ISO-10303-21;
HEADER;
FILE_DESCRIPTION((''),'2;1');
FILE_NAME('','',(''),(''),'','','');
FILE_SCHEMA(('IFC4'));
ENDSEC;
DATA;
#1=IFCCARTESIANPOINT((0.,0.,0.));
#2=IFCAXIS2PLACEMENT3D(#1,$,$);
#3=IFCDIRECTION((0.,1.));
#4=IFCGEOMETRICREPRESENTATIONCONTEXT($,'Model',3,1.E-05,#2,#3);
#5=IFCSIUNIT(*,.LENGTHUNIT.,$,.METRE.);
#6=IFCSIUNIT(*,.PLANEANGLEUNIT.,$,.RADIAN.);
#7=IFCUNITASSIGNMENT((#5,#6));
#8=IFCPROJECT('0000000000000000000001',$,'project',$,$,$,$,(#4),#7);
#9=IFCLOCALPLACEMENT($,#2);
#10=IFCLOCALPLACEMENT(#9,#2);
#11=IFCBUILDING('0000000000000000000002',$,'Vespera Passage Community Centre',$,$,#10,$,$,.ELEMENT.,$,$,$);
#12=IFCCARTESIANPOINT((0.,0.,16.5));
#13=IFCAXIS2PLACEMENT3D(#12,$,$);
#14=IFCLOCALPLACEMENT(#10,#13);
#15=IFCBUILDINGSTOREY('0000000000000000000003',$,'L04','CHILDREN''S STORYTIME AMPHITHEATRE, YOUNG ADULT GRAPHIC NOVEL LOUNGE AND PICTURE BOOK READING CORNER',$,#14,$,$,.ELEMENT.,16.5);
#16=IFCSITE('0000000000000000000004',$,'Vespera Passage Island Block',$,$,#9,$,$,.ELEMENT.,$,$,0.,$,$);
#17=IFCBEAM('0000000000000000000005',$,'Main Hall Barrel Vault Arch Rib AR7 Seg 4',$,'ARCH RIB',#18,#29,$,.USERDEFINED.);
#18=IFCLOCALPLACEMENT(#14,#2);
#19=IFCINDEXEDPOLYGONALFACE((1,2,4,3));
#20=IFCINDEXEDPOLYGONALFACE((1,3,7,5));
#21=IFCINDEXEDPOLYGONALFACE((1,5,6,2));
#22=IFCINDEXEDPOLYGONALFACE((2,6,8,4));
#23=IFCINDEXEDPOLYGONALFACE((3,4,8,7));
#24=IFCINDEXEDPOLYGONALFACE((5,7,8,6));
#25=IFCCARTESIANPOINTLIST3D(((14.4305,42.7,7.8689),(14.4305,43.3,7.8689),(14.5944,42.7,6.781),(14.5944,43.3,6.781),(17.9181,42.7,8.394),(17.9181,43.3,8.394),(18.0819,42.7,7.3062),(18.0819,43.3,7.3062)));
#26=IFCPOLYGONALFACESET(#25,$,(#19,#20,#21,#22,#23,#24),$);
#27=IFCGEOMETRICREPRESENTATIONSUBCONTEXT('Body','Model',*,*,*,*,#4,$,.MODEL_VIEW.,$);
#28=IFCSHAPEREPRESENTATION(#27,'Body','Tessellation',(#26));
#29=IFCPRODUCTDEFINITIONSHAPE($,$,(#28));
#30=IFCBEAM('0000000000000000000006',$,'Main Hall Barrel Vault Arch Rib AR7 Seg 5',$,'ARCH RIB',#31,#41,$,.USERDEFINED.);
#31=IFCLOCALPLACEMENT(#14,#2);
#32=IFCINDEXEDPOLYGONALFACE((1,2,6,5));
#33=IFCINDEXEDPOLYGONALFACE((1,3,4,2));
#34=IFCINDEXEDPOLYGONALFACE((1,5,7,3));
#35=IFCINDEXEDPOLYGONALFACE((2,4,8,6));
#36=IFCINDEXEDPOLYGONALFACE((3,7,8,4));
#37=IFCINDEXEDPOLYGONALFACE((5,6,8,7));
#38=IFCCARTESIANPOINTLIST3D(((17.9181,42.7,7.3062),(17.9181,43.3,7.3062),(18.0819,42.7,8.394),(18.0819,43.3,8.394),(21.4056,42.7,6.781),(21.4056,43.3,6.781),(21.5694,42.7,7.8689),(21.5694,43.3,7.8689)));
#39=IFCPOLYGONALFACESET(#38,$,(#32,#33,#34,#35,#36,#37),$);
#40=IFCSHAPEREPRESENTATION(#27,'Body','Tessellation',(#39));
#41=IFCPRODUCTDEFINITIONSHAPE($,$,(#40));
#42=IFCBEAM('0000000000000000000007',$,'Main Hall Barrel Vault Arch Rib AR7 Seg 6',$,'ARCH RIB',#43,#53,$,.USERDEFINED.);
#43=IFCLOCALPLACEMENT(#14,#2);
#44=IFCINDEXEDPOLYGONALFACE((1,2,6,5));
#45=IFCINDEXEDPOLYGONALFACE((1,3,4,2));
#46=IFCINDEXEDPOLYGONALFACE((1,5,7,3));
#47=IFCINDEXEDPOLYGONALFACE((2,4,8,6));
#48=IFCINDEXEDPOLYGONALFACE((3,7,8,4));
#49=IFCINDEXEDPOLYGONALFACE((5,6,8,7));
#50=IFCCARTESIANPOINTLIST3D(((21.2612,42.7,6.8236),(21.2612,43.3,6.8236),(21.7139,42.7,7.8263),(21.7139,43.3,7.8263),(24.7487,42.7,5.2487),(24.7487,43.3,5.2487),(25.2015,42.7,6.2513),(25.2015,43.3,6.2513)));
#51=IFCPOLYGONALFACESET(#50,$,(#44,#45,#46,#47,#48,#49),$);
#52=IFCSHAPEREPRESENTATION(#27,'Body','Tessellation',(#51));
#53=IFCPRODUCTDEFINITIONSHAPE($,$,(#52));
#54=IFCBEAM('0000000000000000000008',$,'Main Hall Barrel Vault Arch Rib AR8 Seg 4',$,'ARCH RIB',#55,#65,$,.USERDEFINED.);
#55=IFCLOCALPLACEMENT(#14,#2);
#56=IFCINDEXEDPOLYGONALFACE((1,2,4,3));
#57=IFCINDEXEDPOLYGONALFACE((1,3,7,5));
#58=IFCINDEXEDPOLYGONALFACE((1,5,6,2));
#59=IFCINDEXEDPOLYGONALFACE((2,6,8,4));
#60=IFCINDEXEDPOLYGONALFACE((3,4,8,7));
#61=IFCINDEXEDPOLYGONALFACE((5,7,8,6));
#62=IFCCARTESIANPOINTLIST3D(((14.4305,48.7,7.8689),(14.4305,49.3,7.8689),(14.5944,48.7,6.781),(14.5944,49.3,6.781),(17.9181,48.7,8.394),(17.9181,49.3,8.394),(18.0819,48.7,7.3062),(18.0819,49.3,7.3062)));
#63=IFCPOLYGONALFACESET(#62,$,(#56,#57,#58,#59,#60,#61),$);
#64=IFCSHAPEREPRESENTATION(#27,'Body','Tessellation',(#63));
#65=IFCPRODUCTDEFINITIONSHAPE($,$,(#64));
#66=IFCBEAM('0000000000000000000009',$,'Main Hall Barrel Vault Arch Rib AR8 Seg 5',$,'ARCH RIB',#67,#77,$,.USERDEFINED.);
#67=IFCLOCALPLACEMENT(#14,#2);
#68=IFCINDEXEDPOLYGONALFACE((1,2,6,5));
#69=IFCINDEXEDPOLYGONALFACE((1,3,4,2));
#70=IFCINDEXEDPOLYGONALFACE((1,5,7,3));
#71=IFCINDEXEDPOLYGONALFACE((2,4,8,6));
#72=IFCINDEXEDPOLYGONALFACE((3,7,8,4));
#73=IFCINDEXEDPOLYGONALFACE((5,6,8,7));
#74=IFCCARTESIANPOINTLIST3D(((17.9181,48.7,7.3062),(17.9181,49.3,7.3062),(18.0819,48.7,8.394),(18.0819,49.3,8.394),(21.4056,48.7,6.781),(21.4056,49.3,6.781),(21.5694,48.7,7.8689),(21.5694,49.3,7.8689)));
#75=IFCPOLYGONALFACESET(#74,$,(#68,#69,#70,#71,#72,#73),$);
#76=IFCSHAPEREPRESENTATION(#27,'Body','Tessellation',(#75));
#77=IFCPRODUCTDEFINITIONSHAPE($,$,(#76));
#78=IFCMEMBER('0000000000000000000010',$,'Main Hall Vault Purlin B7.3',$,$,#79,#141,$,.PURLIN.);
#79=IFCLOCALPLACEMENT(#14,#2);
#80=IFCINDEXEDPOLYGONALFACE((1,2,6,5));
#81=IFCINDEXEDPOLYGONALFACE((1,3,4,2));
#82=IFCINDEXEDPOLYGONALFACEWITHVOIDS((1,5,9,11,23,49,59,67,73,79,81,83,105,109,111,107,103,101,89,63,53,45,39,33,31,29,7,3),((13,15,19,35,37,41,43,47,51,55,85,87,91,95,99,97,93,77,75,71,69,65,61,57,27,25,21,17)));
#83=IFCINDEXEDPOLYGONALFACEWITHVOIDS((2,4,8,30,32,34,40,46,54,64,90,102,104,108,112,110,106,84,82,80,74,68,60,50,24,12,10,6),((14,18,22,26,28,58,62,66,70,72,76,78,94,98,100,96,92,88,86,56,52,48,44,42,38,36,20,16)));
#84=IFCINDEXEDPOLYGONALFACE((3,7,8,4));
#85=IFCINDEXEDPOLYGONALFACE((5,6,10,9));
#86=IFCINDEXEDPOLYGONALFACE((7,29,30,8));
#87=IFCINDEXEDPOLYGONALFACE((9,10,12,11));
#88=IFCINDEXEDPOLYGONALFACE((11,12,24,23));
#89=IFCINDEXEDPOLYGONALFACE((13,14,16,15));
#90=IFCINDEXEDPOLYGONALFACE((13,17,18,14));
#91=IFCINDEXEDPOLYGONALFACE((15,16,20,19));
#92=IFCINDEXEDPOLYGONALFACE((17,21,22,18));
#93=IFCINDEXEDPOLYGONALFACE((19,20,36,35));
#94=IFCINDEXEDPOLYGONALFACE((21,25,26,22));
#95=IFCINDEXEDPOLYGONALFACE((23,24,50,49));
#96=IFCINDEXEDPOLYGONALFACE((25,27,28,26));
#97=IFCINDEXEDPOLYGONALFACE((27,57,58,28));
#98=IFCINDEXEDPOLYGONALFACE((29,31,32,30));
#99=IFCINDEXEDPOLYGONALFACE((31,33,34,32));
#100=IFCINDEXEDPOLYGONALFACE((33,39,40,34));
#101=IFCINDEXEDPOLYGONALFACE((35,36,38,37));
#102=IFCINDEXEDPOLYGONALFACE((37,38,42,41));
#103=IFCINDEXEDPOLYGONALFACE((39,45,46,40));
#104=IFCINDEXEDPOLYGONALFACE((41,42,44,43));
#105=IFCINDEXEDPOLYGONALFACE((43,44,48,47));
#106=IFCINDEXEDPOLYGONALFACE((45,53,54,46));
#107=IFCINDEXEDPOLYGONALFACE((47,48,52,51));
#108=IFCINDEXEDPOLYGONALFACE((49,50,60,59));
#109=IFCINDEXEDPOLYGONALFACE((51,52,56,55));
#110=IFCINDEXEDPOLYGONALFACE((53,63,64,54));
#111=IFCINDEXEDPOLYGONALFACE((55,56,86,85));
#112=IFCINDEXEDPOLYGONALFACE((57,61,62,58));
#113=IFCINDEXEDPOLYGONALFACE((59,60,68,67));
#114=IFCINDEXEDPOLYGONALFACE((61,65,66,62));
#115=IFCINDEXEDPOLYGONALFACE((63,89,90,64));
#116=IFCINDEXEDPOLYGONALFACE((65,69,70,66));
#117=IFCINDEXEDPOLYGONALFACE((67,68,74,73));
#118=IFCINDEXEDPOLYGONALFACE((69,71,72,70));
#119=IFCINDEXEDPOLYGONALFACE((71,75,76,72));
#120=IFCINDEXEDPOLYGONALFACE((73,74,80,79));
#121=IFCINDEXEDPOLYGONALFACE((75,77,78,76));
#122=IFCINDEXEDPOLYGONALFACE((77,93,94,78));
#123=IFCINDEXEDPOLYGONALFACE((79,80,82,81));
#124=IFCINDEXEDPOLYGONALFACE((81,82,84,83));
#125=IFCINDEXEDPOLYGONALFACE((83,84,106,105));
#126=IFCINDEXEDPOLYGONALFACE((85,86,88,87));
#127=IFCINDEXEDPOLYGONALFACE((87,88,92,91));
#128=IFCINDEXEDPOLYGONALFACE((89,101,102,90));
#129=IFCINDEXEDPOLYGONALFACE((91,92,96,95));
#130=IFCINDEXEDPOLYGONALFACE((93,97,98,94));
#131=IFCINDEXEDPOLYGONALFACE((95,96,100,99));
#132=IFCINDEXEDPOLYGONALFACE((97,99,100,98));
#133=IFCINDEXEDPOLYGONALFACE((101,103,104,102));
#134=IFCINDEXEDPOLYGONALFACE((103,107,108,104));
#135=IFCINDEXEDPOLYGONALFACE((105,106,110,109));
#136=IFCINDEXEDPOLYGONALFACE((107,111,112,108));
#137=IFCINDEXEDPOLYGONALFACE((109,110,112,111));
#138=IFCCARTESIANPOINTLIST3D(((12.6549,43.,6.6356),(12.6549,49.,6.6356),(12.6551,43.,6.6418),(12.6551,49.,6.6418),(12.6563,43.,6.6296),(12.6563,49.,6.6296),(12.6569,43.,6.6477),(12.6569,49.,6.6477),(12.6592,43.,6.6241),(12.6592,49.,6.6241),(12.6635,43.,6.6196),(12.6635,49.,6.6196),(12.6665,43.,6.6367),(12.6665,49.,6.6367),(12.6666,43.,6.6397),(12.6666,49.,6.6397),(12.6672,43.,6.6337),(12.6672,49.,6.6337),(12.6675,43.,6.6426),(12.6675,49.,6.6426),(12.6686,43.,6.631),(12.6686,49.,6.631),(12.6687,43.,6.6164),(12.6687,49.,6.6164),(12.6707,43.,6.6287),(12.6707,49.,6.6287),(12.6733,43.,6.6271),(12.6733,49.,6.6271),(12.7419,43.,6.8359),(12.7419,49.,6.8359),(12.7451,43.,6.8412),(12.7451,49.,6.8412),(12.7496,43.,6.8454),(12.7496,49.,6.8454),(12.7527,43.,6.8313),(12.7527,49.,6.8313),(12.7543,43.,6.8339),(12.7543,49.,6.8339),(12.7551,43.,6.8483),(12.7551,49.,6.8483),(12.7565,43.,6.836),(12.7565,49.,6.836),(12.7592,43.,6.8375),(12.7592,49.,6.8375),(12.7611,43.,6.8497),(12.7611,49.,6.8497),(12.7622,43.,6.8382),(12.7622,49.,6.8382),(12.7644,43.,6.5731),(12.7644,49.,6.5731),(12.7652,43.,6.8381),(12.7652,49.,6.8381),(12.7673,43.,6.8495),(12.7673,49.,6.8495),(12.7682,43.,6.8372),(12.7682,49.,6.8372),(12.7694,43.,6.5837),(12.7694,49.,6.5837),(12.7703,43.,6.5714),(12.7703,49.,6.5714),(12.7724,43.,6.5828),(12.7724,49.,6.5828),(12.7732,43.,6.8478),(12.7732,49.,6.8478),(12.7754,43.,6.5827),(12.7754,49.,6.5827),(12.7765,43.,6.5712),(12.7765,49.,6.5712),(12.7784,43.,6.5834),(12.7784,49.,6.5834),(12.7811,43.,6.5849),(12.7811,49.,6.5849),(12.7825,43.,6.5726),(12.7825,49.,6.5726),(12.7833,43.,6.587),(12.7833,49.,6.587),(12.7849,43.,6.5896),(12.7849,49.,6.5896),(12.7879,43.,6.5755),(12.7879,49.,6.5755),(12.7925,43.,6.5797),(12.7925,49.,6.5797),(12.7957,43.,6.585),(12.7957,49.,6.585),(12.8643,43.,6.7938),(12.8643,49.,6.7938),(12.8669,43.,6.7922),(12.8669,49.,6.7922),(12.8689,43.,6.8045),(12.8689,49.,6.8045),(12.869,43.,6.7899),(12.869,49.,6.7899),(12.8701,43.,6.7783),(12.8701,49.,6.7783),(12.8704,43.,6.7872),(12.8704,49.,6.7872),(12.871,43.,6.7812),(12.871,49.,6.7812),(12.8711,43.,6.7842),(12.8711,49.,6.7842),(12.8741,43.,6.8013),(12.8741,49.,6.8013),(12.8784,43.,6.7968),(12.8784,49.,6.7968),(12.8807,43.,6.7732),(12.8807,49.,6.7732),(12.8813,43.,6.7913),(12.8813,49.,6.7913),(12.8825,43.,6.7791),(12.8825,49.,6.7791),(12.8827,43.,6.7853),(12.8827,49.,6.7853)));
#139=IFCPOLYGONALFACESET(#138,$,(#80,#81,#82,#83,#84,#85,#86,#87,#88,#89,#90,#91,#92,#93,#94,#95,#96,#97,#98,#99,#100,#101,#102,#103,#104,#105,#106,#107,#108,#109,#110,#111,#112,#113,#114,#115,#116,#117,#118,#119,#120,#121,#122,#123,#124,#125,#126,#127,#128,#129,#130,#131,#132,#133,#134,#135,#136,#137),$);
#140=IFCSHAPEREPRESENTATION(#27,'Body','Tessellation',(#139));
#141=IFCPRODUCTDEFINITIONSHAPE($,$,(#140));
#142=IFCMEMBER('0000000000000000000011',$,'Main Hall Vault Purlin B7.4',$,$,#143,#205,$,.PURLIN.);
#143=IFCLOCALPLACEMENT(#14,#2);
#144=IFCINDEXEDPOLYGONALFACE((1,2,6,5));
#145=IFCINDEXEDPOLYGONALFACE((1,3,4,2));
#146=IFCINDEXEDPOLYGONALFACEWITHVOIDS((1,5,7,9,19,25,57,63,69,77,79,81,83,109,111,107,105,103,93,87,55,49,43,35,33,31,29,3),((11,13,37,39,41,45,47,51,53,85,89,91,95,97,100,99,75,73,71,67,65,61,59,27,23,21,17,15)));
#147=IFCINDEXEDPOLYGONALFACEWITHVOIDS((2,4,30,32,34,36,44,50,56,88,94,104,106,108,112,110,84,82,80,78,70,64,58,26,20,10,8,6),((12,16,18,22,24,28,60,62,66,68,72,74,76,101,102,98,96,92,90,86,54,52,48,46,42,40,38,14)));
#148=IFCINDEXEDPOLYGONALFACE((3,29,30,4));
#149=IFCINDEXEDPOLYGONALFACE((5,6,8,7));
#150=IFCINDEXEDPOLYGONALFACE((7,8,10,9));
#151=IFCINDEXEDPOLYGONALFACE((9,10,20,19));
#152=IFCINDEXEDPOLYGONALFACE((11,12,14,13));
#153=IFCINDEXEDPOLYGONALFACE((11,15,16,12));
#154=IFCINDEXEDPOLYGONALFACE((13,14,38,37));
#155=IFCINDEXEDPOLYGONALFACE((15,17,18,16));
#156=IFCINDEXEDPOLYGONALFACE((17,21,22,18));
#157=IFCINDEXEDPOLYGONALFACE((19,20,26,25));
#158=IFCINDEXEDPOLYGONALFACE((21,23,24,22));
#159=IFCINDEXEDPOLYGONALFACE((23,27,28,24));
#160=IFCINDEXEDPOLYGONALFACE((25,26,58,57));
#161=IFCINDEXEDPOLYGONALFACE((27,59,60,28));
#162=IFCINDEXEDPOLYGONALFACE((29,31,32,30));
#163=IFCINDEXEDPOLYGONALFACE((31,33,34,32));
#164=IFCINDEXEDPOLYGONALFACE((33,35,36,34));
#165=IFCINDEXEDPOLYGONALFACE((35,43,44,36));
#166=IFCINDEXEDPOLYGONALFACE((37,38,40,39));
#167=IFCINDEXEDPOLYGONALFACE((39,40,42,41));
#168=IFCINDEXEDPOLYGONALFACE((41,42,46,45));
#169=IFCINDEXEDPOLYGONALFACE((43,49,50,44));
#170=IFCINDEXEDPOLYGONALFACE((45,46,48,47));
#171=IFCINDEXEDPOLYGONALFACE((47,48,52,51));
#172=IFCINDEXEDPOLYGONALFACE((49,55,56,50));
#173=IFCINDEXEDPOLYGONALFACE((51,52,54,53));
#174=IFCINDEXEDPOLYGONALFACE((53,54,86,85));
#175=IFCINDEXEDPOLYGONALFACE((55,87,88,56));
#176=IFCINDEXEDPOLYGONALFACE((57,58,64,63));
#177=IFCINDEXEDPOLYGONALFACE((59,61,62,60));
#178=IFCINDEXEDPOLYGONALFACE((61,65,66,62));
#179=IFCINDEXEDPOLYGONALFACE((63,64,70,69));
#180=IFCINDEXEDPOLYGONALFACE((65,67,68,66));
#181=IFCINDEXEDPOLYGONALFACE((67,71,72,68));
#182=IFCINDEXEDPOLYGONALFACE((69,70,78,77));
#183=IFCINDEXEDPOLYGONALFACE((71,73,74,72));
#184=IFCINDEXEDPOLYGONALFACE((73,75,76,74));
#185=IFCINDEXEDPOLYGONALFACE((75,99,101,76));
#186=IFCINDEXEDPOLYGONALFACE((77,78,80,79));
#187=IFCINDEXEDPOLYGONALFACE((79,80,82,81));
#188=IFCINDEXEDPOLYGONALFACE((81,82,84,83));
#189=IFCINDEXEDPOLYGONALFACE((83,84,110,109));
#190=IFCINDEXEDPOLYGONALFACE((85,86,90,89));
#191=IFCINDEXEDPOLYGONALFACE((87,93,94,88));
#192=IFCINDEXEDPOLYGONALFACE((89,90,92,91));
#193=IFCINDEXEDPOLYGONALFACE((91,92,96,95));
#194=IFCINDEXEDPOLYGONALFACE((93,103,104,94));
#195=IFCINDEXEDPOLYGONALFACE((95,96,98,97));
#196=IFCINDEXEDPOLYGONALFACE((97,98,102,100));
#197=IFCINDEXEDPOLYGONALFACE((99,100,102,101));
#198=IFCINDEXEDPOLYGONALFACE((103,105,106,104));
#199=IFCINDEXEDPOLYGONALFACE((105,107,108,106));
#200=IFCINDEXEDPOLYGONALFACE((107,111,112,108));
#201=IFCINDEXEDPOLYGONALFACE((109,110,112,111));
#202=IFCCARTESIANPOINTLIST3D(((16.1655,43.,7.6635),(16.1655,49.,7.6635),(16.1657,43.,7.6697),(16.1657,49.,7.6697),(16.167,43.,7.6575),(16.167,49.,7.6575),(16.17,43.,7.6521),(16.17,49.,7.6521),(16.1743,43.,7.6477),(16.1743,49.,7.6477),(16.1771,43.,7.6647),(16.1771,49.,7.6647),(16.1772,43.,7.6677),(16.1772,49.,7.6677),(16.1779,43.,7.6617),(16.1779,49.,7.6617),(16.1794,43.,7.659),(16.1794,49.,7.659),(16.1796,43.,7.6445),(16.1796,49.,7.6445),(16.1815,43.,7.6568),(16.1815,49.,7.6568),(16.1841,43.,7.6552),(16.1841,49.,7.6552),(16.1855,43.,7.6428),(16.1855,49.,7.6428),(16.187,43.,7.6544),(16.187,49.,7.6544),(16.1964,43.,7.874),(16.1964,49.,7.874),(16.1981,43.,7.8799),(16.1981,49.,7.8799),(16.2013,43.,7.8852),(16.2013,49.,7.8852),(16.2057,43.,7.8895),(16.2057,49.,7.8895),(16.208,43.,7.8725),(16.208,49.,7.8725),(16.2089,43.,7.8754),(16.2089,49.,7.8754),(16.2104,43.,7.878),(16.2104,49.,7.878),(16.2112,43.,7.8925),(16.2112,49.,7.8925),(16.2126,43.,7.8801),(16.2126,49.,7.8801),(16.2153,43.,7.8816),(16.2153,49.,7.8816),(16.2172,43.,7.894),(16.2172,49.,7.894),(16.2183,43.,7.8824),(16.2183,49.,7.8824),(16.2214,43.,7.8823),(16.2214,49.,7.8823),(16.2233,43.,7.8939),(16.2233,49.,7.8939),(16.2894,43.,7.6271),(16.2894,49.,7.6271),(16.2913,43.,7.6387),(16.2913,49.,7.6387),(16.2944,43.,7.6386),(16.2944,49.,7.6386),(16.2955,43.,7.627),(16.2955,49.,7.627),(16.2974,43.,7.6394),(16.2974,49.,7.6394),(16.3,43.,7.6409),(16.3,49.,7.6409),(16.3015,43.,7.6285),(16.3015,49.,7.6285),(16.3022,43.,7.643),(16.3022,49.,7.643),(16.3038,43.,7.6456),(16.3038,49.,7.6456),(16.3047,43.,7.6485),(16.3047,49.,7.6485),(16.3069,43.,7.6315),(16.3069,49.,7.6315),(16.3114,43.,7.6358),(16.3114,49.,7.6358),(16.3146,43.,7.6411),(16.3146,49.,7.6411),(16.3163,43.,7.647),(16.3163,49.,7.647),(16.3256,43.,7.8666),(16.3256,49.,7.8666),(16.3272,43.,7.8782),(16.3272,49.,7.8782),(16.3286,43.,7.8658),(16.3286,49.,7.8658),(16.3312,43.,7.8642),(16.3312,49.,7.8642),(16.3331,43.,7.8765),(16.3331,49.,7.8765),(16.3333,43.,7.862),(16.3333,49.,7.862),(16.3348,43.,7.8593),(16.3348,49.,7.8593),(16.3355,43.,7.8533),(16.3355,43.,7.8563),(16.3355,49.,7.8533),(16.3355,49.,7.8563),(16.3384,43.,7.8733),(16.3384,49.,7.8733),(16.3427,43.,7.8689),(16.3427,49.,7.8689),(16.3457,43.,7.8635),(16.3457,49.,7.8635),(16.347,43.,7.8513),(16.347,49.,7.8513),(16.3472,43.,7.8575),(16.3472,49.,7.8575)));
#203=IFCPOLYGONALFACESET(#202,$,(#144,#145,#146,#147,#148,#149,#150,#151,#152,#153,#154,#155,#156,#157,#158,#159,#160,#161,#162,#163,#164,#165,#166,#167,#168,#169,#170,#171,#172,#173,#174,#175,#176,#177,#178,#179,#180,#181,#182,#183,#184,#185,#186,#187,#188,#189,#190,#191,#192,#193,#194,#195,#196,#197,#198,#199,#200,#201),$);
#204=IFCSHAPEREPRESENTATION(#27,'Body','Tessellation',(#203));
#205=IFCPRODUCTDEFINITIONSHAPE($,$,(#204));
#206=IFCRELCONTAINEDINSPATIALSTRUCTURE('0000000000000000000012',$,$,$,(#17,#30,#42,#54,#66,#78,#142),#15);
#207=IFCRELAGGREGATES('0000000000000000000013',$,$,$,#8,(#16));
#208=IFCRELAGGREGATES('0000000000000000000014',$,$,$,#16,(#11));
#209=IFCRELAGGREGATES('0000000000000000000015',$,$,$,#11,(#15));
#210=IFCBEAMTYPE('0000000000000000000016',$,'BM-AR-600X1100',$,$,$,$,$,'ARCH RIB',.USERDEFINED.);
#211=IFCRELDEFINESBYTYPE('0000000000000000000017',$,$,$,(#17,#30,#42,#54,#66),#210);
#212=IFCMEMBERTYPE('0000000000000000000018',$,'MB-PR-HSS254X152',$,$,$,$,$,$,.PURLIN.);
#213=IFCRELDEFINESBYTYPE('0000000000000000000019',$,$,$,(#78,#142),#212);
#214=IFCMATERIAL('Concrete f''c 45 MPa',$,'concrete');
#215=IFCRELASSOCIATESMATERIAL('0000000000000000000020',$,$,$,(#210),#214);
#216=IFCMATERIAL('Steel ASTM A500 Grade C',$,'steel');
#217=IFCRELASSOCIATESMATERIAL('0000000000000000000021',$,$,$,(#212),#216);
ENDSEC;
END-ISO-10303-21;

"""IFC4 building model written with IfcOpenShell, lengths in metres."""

from ifc_helpers import new_model, si_unit, direction, frame, origin, origin_2d, place, context, subcontext, project, spatial, rectangle, hollow_rectangle, extrude, material, material_profile, profile_set, type_object, element, save


model = new_model("IFC4")

# Units and contexts
model_context = context("Model", 3, precision=1e-05, world=origin(), true_north=direction((0.0, 1.0)))
body_context = subcontext(model_context, "Body", "Model", "MODEL_VIEW")
ifc_project = project(units=[si_unit("LENGTHUNIT", "METRE"), si_unit("PLANEANGLEUNIT", "RADIAN")], contexts=[model_context])

# Site, building, storey
site_placement = place(None, origin())
site = spatial("IfcSite", under=ifc_project, at=site_placement, Name="Vespera Passage Island Block", CompositionType="ELEMENT", RefElevation=0.0)
building_placement = place(site_placement, origin())
building = spatial("IfcBuilding", under=site, at=building_placement, Name="Vespera Passage Community Centre", CompositionType="ELEMENT")
storey_placement = place(building_placement, frame((0.0, 0.0, 16.5)))
storey = spatial("IfcBuildingStorey", under=building, at=storey_placement, Name="L04", Description="CHILDREN'S STORYTIME AMPHITHEATRE, YOUNG ADULT GRAPHIC NOVEL LOUNGE AND PICTURE BOOK READING CORNER", CompositionType="ELEMENT", Elevation=16.5)

# Beams
ifc_material_1 = material(Name="Concrete f'c 45 MPa", Category="concrete")
ifc_material_profile_1 = material_profile(ifc_material_1, rectangle(XDim=0.6001, YDim=1.1001, at=origin_2d()), Name="RC600X1100")
ifc_profile_set_1 = profile_set([ifc_material_profile_1], Name="Concrete f'c 45 MPa")
beam_type = type_object("IfcBeamType", Name="BM-AR-600X1100", ElementType="ARCH RIB", PredefinedType="USERDEFINED", material=ifc_profile_set_1)
for number, where, z_axis, x_axis, name in (
    (1, (14.5125, 43.0, 7.325), (0.988852, 0.0, 0.148899), (0.0, 1.0, 0.0), "Main Hall Barrel Vault Arch Rib AR7 Seg 4"),
    (2, (18.0, 43.0, 7.8501), (0.988852, 0.0, -0.148899), (0.0, 1.0, 0.0), "Main Hall Barrel Vault Arch Rib AR7 Seg 5"),
):
    element("IfcBeam", number, at=place(storey_placement, frame(where, z_axis=z_axis, x_axis=x_axis)), inside=storey, type_object=beam_type, Name=name, ObjectType="ARCH RIB", PredefinedType="USERDEFINED", context=body_context, shape_type="SweptSolid", body=[
        extrude(rectangle(XDim=0.6001, YDim=1.1001, at=origin_2d()), origin(), (0.0, 0.0, 1.0), 3.5269),
    ])
beam_placement = place(storey_placement, frame((21.4875, 43.0, 7.325), z_axis=(0.911378, 0.0, -0.411571), x_axis=(0.0, 1.0, 0.0)))
element("IfcBeam", 3, at=beam_placement, inside=storey, type_object=beam_type, Name="Main Hall Barrel Vault Arch Rib AR7 Seg 6", ObjectType="ARCH RIB", PredefinedType="USERDEFINED", context=body_context, shape_type="SweptSolid", body=[
    extrude(rectangle(XDim=0.6001, YDim=1.1001, at=origin_2d()), origin(), (0.0, 0.0, 1.0), 3.8267),
])
for number, where, z_axis, x_axis, name in (
    (4, (14.5125, 49.0, 7.325), (0.988852, 0.0, 0.148899), (0.0, 1.0, 0.0), "Main Hall Barrel Vault Arch Rib AR8 Seg 4"),
    (5, (18.0, 49.0, 7.8501), (0.988852, 0.0, -0.148899), (0.0, 1.0, 0.0), "Main Hall Barrel Vault Arch Rib AR8 Seg 5"),
):
    element("IfcBeam", number, at=place(storey_placement, frame(where, z_axis=z_axis, x_axis=x_axis)), inside=storey, type_object=beam_type, Name=name, ObjectType="ARCH RIB", PredefinedType="USERDEFINED", context=body_context, shape_type="SweptSolid", body=[
        extrude(rectangle(XDim=0.6001, YDim=1.1001, at=origin_2d()), origin(), (0.0, 0.0, 1.0), 3.5269),
    ])

# Members
ifc_material_2 = material(Name="Steel ASTM A500 Grade C", Category="steel")
ifc_material_profile_2 = material_profile(ifc_material_2, hollow_rectangle(XDim=0.1523, YDim=0.2539, WallThickness=0.0117, InnerFilletRadius=0.0117, OuterFilletRadius=0.0237, at=origin_2d()), Name="HSS254X152X12.7")
ifc_profile_set_2 = profile_set([ifc_material_profile_2], Name="Steel ASTM A500 Grade C")
member_type_1 = type_object("IfcMemberType", Name="MB-PR-HSS254X152", PredefinedType="PURLIN", material=ifc_profile_set_2)
for number, where, z_axis, x_axis, name in (
    (6, (12.7688, 43.0, 6.7104), (0.0, 1.0, 0.0), (-0.911367, 0.0, 0.411594), "Main Hall Vault Purlin B7.3"),
    (7, (16.2563, 43.0, 7.7605), (0.0, 1.0, 0.0), (-0.988858, 0.0, 0.148862), "Main Hall Vault Purlin B7.4"),
):
    element("IfcMember", number, at=place(storey_placement, frame(where, z_axis=z_axis, x_axis=x_axis)), inside=storey, type_object=member_type_1, Name=name, PredefinedType="PURLIN", context=body_context, shape_type="SweptSolid", body=[
        extrude(hollow_rectangle(XDim=0.1523, YDim=0.2539, WallThickness=0.0117, InnerFilletRadius=0.0117, OuterFilletRadius=0.0237, at=origin_2d()), origin(), (0.0, 0.0, 1.0), 6.0),
    ])

save(model, "model.ifc")
